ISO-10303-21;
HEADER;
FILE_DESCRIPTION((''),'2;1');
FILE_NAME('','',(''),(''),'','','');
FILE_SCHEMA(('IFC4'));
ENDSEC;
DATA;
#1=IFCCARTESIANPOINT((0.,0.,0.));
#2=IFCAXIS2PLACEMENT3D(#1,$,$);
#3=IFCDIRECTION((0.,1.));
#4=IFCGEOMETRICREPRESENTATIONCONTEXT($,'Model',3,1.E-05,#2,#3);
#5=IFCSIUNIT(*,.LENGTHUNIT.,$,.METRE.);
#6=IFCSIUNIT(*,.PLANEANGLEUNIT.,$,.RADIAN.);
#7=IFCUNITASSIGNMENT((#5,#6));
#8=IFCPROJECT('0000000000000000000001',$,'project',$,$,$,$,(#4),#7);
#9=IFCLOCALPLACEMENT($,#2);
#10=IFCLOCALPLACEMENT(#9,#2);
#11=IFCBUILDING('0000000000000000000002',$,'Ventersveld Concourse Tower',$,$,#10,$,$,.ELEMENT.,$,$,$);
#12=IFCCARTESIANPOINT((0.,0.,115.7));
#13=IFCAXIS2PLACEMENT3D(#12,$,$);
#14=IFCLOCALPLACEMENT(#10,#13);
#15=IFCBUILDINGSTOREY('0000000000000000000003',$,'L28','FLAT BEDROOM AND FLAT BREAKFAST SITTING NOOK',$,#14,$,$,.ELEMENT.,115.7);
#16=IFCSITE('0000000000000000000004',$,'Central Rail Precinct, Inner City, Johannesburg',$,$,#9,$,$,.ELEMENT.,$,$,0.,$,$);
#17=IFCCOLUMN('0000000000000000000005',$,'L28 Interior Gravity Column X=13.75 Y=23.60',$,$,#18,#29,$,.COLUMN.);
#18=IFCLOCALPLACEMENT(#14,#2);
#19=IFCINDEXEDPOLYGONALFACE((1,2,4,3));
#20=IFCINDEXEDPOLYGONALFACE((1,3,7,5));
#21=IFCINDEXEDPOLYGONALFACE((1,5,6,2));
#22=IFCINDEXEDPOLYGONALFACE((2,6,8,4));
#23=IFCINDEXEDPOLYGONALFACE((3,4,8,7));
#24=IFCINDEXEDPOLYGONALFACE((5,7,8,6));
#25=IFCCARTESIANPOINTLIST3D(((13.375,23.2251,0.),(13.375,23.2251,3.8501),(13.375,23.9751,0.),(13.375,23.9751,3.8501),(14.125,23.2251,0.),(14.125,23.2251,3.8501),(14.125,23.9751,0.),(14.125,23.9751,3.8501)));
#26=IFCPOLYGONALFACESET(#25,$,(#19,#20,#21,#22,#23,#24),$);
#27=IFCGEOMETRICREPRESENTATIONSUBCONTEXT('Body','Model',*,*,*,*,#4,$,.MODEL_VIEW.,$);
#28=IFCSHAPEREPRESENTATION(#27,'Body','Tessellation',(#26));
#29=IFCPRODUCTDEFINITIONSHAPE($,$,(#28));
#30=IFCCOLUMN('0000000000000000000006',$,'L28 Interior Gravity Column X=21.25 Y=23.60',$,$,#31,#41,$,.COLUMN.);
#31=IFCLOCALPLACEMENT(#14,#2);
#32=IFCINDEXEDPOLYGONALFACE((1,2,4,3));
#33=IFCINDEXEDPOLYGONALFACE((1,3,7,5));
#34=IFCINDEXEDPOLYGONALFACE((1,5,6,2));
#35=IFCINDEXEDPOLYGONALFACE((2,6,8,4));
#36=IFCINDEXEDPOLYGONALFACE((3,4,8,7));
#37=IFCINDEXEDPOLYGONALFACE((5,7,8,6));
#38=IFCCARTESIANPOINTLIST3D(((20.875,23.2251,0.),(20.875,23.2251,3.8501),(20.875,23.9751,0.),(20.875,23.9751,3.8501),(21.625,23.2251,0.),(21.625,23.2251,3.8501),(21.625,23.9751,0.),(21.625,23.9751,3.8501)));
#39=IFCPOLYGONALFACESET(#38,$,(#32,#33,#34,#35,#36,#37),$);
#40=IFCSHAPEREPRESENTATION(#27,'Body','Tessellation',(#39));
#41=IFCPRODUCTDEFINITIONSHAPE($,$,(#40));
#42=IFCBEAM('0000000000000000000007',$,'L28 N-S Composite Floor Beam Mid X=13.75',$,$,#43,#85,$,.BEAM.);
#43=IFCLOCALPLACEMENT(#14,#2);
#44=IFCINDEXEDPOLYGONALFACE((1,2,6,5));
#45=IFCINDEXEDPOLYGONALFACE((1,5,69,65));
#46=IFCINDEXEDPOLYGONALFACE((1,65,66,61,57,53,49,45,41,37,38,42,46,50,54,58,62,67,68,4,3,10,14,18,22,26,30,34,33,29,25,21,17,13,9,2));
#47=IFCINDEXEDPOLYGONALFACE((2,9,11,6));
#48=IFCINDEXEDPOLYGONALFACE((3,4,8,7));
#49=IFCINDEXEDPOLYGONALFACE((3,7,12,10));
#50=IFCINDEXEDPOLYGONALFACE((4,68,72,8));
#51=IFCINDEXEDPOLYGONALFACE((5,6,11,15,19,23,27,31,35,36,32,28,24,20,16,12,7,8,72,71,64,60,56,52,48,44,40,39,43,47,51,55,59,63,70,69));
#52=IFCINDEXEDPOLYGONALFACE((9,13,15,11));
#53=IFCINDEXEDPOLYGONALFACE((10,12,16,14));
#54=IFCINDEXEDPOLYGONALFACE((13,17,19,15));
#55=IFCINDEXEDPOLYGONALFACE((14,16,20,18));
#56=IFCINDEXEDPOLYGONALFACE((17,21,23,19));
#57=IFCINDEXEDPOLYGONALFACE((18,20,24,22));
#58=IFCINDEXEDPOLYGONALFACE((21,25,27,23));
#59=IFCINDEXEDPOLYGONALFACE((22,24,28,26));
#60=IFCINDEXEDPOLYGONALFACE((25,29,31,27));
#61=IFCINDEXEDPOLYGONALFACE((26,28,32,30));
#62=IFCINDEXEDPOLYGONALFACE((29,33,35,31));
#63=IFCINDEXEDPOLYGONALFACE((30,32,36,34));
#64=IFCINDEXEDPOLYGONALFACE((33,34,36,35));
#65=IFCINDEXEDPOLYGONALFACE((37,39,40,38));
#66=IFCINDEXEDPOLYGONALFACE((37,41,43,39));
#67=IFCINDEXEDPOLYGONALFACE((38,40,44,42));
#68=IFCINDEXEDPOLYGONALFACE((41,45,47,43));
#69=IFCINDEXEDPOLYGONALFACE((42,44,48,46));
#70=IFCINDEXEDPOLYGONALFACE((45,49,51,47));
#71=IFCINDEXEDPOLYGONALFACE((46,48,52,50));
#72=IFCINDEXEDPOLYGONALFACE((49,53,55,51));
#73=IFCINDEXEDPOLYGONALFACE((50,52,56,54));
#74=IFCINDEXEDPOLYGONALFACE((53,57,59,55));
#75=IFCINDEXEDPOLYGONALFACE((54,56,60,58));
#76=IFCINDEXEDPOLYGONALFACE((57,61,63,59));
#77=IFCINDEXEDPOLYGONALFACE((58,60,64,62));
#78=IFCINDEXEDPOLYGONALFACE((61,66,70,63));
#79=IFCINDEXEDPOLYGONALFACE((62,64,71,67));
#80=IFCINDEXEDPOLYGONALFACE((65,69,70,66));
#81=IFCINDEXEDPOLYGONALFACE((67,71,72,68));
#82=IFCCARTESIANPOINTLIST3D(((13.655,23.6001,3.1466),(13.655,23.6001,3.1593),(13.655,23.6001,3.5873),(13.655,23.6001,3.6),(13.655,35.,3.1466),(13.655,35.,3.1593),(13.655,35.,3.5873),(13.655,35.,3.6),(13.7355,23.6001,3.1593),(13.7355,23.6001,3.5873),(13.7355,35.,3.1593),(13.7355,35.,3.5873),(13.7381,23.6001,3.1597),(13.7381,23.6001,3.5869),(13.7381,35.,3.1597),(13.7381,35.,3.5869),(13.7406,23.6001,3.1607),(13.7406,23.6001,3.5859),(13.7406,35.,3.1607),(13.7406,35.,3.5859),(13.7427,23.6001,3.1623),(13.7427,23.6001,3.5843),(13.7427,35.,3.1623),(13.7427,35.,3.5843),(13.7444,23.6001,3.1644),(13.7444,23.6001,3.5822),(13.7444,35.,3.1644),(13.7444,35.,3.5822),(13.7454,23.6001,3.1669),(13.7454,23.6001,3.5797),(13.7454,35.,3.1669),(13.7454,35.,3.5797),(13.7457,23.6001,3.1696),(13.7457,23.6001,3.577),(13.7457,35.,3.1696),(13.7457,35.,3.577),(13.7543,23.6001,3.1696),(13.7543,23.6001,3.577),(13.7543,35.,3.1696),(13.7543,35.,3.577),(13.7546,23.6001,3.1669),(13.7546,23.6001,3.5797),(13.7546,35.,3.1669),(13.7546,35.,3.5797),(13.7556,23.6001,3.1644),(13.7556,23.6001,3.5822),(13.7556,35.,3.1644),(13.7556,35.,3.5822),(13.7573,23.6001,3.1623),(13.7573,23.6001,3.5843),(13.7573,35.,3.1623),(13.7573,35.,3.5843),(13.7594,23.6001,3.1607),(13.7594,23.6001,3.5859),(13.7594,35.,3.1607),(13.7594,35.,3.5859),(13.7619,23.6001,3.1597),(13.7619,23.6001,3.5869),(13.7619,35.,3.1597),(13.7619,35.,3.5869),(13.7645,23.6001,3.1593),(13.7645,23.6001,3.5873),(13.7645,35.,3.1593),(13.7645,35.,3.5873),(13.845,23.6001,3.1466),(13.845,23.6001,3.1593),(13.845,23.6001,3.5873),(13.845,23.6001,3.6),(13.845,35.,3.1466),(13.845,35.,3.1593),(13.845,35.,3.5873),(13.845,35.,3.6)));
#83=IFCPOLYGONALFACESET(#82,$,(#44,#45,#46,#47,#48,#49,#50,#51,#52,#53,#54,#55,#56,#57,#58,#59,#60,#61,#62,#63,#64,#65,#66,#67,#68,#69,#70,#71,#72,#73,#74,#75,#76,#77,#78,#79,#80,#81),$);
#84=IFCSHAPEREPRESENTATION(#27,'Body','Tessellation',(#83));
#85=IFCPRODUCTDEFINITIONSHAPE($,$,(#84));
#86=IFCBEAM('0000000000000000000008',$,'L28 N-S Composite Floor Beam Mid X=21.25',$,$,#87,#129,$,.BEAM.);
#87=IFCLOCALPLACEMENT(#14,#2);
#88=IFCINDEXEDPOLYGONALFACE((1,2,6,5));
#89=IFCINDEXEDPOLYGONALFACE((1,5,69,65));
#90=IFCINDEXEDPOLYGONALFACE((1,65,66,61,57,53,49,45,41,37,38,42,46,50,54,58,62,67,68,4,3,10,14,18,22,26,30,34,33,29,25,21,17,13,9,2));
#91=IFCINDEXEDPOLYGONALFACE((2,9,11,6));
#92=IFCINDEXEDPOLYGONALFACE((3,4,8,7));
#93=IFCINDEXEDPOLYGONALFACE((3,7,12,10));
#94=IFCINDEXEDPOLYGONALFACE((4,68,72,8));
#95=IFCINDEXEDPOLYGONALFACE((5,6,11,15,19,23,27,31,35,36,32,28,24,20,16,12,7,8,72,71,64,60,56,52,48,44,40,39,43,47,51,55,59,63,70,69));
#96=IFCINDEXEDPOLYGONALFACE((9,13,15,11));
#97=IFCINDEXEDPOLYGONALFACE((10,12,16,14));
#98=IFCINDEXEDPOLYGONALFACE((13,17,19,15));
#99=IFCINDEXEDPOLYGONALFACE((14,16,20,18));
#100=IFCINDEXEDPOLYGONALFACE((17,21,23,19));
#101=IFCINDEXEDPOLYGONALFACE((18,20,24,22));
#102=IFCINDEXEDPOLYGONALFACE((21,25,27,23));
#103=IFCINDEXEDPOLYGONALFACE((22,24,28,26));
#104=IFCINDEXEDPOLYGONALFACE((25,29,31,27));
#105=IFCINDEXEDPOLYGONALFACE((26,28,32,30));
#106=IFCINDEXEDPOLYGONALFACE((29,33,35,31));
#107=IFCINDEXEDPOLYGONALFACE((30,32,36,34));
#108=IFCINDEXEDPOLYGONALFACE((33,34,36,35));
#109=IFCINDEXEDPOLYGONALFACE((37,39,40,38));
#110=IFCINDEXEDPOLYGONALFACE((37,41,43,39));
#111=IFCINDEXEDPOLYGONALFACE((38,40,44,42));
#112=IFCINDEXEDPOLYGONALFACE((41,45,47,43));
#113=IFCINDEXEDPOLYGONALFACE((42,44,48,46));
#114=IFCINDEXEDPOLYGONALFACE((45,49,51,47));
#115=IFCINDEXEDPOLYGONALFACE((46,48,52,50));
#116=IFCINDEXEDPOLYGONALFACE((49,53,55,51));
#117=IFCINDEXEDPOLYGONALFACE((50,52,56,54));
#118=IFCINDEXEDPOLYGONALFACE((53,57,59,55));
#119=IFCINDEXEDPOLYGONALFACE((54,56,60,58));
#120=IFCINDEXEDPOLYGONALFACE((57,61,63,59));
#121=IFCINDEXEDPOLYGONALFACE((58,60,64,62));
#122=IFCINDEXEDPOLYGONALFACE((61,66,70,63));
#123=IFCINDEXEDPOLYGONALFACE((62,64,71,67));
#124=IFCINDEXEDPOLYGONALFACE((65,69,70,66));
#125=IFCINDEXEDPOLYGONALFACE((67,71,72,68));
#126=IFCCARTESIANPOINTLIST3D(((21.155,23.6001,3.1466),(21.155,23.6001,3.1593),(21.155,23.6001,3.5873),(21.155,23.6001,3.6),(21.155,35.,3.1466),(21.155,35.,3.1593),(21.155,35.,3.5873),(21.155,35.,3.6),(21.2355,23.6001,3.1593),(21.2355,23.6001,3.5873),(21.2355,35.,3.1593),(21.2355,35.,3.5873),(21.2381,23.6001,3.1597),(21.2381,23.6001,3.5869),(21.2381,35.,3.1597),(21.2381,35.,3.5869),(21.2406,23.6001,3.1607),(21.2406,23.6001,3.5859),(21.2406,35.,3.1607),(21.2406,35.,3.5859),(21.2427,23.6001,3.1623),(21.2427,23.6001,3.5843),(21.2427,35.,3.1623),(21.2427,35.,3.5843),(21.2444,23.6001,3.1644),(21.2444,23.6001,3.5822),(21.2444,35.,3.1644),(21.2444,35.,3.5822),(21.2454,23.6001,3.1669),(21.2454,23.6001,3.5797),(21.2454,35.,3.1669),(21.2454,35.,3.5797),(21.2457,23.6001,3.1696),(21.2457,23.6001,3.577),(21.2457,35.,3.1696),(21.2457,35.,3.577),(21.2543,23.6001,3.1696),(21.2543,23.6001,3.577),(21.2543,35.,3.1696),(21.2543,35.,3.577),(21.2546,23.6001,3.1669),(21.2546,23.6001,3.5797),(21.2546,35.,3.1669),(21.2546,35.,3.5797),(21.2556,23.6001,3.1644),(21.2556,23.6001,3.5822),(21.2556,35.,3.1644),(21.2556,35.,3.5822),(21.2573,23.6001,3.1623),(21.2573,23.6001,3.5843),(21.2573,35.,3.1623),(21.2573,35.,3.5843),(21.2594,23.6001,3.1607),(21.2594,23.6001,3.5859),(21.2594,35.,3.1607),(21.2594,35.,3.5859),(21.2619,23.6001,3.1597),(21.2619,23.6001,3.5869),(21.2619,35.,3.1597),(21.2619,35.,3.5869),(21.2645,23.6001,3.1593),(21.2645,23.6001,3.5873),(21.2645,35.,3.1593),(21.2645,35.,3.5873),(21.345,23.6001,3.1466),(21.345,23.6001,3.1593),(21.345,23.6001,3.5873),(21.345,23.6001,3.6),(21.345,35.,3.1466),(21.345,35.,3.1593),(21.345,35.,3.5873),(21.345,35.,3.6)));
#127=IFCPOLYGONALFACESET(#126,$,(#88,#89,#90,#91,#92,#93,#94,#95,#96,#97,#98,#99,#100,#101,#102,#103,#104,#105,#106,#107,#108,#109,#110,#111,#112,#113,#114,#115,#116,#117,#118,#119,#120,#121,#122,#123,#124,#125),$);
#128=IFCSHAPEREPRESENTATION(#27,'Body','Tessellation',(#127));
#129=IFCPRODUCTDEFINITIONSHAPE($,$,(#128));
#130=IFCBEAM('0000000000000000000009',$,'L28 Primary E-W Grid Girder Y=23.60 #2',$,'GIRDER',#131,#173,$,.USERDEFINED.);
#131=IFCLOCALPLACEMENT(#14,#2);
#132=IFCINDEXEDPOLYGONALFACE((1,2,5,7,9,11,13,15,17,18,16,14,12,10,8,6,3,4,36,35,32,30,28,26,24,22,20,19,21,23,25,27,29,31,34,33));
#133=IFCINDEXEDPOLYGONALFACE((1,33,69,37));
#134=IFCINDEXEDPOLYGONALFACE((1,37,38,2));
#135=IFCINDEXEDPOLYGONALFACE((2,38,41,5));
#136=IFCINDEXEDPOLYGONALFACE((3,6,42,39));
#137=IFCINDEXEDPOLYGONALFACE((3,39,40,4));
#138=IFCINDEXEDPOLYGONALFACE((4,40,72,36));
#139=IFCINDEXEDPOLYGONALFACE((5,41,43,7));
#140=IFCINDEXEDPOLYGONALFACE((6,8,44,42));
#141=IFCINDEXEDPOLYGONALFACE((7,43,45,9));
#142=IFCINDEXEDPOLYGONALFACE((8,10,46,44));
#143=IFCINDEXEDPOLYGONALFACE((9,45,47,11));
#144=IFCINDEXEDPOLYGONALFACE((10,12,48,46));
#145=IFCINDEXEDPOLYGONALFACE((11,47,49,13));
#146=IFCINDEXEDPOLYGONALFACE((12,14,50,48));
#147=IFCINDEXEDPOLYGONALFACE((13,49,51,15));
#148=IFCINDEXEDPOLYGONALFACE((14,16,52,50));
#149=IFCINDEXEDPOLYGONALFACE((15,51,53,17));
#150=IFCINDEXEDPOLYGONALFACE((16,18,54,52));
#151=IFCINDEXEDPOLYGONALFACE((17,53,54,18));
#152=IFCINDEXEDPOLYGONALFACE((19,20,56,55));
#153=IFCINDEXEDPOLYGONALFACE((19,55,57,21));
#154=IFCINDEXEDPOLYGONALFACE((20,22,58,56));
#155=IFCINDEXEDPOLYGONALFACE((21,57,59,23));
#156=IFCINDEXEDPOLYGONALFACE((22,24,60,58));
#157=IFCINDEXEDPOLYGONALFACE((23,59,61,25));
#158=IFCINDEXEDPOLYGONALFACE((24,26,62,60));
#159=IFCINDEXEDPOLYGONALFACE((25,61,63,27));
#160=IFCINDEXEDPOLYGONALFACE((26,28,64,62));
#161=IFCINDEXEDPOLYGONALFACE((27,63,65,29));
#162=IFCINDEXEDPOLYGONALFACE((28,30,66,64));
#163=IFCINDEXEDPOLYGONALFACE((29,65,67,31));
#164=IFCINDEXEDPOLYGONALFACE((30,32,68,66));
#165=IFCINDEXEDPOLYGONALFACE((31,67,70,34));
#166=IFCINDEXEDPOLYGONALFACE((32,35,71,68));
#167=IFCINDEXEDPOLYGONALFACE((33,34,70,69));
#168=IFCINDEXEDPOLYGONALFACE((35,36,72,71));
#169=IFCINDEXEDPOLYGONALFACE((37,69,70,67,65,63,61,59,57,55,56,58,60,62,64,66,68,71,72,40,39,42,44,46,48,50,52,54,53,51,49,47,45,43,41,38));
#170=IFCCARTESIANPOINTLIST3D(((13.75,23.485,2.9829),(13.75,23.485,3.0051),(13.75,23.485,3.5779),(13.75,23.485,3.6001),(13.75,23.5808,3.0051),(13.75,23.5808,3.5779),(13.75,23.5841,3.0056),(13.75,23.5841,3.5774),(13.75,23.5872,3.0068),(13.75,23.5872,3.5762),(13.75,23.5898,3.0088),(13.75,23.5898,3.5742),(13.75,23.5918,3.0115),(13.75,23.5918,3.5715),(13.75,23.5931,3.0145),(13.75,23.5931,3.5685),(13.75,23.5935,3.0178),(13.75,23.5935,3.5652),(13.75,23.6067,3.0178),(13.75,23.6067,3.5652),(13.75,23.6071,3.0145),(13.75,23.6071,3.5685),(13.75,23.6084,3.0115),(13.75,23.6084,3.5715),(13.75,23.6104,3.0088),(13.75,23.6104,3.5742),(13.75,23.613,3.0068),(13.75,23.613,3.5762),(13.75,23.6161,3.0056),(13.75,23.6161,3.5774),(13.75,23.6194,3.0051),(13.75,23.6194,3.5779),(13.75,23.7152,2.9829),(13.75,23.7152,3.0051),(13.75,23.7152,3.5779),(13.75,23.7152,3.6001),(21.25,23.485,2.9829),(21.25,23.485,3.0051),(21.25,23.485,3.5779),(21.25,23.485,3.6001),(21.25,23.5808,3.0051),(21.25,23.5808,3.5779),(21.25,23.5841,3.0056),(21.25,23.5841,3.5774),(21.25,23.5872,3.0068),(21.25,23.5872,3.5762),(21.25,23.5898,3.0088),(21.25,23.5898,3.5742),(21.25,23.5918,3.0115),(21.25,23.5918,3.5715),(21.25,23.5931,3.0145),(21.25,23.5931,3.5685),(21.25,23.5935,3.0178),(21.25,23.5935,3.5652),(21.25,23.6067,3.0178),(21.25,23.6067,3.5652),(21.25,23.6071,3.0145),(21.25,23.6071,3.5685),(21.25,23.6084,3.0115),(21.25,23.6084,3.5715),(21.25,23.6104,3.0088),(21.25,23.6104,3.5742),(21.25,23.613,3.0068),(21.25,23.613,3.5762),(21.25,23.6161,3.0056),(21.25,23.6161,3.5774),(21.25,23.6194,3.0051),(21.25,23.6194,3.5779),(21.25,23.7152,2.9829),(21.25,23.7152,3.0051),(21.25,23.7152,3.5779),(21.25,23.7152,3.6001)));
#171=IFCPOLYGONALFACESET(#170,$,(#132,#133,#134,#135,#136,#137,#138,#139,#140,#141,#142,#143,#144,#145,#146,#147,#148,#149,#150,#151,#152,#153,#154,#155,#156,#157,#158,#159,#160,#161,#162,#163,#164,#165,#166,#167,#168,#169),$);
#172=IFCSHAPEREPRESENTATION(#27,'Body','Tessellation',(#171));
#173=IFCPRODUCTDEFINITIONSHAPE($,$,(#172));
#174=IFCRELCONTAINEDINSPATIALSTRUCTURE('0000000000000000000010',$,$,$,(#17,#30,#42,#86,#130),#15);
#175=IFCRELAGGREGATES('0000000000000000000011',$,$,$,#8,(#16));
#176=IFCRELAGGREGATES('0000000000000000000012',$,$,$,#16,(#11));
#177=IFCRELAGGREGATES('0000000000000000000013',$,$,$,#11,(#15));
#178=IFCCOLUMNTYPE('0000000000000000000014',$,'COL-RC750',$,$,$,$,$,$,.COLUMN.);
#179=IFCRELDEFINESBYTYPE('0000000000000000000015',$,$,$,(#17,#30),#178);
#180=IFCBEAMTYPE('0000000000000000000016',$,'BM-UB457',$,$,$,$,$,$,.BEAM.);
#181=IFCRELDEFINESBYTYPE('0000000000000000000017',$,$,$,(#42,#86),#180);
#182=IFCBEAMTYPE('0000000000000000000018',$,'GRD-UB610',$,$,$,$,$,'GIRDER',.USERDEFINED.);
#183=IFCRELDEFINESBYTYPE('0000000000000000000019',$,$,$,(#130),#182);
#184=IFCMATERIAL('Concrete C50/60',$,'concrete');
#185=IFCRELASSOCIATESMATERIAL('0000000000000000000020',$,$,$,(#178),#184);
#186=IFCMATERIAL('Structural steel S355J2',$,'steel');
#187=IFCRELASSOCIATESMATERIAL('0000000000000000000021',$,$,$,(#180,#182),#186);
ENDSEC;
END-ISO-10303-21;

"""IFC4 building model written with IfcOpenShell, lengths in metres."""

from ifc_helpers import new_model, si_unit, direction, frame, origin, origin_2d, place, context, subcontext, project, spatial, rectangle, i_section, extrude, material, material_profile, profile_set, type_object, element, save


model = new_model("IFC4")

# Units and contexts
model_context = context("Model", 3, precision=1e-05, world=origin(), true_north=direction((0.0, 1.0)))
body_context = subcontext(model_context, "Body", "Model", "MODEL_VIEW")
ifc_project = project(units=[si_unit("LENGTHUNIT", "METRE"), si_unit("PLANEANGLEUNIT", "RADIAN")], contexts=[model_context])

# Site, building, storey
site_placement = place(None, origin())
site = spatial("IfcSite", under=ifc_project, at=site_placement, Name="Central Rail Precinct, Inner City, Johannesburg", CompositionType="ELEMENT", RefElevation=0.0)
building_placement = place(site_placement, origin())
building = spatial("IfcBuilding", under=site, at=building_placement, Name="Ventersveld Concourse Tower", CompositionType="ELEMENT")
storey_placement = place(building_placement, frame((0.0, 0.0, 115.7)))
storey = spatial("IfcBuildingStorey", under=building, at=storey_placement, Name="L28", Description="FLAT BEDROOM AND FLAT BREAKFAST SITTING NOOK", CompositionType="ELEMENT", Elevation=115.7)

# Columns
ifc_material_1 = material(Name="Concrete C50/60", Category="concrete")
ifc_material_profile_1 = material_profile(ifc_material_1, rectangle(XDim=0.75, YDim=0.75, at=origin_2d()), Name="RC 750x750")
ifc_profile_set_1 = profile_set([ifc_material_profile_1], Name="Concrete C50/60")
column_type = type_object("IfcColumnType", Name="COL-RC750", PredefinedType="COLUMN", material=ifc_profile_set_1)
for number, where, z_axis, x_axis, name in (
    (1, (13.75, 23.6001, 0.0), (0.0, 0.0, 1.0), (1.0, 0.0, 0.0), "L28 Interior Gravity Column X=13.75 Y=23.60"),
    (2, (21.25, 23.6001, 0.0), (0.0, 0.0, 1.0), (1.0, 0.0, 0.0), "L28 Interior Gravity Column X=21.25 Y=23.60"),
):
    element("IfcColumn", number, at=place(storey_placement, frame(where, z_axis=z_axis, x_axis=x_axis)), inside=storey, type_object=column_type, Name=name, PredefinedType="COLUMN", context=body_context, shape_type="SweptSolid", body=[
        extrude(rectangle(XDim=0.75, YDim=0.75, at=origin_2d()), origin(), (0.0, 0.0, 1.0), 3.8501),
    ])

# Beams
ifc_material_2 = material(Name="Structural steel S355J2", Category="steel")
ifc_material_profile_2 = material_profile(ifc_material_2, i_section(OverallWidth=0.1899, OverallDepth=0.4534, WebThickness=0.0085, FlangeThickness=0.0127, FilletRadius=0.0103, at=origin_2d()), Name="UB 457x191x67")
ifc_profile_set_2 = profile_set([ifc_material_profile_2], Name="Structural steel S355J2")
beam_type_1 = type_object("IfcBeamType", Name="BM-UB457", PredefinedType="BEAM", material=ifc_profile_set_2)
for number, where, z_axis, x_axis, name in (
    (3, (13.75, 23.6001, 3.3733), (0.0, 1.0, 0.0), (-1.0, 0.0, 0.0), "L28 N-S Composite Floor Beam Mid X=13.75"),
    (4, (21.25, 23.6001, 3.3733), (0.0, 1.0, 0.0), (-1.0, 0.0, 0.0), "L28 N-S Composite Floor Beam Mid X=21.25"),
):
    element("IfcBeam", number, at=place(storey_placement, frame(where, z_axis=z_axis, x_axis=x_axis)), inside=storey, type_object=beam_type_1, Name=name, PredefinedType="BEAM", context=body_context, shape_type="SweptSolid", body=[
        extrude(i_section(OverallWidth=0.1899, OverallDepth=0.4534, WebThickness=0.0085, FlangeThickness=0.0127, FilletRadius=0.0103, at=origin_2d()), origin(), (0.0, 0.0, 1.0), 11.3999),
    ])
ifc_material_profile_3 = material_profile(ifc_material_2, i_section(OverallWidth=0.2302, OverallDepth=0.6172, WebThickness=0.0132, FlangeThickness=0.0222, FilletRadius=0.0127, at=origin_2d()), Name="UB 610x229x140")
ifc_profile_set_3 = profile_set([ifc_material_profile_3], Name="Structural steel S355J2")
beam_type_2 = type_object("IfcBeamType", Name="GRD-UB610", ElementType="GIRDER", PredefinedType="USERDEFINED", material=ifc_profile_set_3)
for number, where, z_axis, x_axis, name in (
    (5, (13.75, 23.6001, 3.2915), (1.0, 0.0, 0.0), (0.0, 1.0, 0.0), "L28 Primary E-W Grid Girder Y=23.60 #2"),
):
    element("IfcBeam", number, at=place(storey_placement, frame(where, z_axis=z_axis, x_axis=x_axis)), inside=storey, type_object=beam_type_2, Name=name, ObjectType="GIRDER", PredefinedType="USERDEFINED", context=body_context, shape_type="SweptSolid", body=[
        extrude(i_section(OverallWidth=0.2302, OverallDepth=0.6172, WebThickness=0.0132, FlangeThickness=0.0222, FilletRadius=0.0127, at=origin_2d()), origin(), (0.0, 0.0, 1.0), 7.5),
    ])

save(model, "model.ifc")
